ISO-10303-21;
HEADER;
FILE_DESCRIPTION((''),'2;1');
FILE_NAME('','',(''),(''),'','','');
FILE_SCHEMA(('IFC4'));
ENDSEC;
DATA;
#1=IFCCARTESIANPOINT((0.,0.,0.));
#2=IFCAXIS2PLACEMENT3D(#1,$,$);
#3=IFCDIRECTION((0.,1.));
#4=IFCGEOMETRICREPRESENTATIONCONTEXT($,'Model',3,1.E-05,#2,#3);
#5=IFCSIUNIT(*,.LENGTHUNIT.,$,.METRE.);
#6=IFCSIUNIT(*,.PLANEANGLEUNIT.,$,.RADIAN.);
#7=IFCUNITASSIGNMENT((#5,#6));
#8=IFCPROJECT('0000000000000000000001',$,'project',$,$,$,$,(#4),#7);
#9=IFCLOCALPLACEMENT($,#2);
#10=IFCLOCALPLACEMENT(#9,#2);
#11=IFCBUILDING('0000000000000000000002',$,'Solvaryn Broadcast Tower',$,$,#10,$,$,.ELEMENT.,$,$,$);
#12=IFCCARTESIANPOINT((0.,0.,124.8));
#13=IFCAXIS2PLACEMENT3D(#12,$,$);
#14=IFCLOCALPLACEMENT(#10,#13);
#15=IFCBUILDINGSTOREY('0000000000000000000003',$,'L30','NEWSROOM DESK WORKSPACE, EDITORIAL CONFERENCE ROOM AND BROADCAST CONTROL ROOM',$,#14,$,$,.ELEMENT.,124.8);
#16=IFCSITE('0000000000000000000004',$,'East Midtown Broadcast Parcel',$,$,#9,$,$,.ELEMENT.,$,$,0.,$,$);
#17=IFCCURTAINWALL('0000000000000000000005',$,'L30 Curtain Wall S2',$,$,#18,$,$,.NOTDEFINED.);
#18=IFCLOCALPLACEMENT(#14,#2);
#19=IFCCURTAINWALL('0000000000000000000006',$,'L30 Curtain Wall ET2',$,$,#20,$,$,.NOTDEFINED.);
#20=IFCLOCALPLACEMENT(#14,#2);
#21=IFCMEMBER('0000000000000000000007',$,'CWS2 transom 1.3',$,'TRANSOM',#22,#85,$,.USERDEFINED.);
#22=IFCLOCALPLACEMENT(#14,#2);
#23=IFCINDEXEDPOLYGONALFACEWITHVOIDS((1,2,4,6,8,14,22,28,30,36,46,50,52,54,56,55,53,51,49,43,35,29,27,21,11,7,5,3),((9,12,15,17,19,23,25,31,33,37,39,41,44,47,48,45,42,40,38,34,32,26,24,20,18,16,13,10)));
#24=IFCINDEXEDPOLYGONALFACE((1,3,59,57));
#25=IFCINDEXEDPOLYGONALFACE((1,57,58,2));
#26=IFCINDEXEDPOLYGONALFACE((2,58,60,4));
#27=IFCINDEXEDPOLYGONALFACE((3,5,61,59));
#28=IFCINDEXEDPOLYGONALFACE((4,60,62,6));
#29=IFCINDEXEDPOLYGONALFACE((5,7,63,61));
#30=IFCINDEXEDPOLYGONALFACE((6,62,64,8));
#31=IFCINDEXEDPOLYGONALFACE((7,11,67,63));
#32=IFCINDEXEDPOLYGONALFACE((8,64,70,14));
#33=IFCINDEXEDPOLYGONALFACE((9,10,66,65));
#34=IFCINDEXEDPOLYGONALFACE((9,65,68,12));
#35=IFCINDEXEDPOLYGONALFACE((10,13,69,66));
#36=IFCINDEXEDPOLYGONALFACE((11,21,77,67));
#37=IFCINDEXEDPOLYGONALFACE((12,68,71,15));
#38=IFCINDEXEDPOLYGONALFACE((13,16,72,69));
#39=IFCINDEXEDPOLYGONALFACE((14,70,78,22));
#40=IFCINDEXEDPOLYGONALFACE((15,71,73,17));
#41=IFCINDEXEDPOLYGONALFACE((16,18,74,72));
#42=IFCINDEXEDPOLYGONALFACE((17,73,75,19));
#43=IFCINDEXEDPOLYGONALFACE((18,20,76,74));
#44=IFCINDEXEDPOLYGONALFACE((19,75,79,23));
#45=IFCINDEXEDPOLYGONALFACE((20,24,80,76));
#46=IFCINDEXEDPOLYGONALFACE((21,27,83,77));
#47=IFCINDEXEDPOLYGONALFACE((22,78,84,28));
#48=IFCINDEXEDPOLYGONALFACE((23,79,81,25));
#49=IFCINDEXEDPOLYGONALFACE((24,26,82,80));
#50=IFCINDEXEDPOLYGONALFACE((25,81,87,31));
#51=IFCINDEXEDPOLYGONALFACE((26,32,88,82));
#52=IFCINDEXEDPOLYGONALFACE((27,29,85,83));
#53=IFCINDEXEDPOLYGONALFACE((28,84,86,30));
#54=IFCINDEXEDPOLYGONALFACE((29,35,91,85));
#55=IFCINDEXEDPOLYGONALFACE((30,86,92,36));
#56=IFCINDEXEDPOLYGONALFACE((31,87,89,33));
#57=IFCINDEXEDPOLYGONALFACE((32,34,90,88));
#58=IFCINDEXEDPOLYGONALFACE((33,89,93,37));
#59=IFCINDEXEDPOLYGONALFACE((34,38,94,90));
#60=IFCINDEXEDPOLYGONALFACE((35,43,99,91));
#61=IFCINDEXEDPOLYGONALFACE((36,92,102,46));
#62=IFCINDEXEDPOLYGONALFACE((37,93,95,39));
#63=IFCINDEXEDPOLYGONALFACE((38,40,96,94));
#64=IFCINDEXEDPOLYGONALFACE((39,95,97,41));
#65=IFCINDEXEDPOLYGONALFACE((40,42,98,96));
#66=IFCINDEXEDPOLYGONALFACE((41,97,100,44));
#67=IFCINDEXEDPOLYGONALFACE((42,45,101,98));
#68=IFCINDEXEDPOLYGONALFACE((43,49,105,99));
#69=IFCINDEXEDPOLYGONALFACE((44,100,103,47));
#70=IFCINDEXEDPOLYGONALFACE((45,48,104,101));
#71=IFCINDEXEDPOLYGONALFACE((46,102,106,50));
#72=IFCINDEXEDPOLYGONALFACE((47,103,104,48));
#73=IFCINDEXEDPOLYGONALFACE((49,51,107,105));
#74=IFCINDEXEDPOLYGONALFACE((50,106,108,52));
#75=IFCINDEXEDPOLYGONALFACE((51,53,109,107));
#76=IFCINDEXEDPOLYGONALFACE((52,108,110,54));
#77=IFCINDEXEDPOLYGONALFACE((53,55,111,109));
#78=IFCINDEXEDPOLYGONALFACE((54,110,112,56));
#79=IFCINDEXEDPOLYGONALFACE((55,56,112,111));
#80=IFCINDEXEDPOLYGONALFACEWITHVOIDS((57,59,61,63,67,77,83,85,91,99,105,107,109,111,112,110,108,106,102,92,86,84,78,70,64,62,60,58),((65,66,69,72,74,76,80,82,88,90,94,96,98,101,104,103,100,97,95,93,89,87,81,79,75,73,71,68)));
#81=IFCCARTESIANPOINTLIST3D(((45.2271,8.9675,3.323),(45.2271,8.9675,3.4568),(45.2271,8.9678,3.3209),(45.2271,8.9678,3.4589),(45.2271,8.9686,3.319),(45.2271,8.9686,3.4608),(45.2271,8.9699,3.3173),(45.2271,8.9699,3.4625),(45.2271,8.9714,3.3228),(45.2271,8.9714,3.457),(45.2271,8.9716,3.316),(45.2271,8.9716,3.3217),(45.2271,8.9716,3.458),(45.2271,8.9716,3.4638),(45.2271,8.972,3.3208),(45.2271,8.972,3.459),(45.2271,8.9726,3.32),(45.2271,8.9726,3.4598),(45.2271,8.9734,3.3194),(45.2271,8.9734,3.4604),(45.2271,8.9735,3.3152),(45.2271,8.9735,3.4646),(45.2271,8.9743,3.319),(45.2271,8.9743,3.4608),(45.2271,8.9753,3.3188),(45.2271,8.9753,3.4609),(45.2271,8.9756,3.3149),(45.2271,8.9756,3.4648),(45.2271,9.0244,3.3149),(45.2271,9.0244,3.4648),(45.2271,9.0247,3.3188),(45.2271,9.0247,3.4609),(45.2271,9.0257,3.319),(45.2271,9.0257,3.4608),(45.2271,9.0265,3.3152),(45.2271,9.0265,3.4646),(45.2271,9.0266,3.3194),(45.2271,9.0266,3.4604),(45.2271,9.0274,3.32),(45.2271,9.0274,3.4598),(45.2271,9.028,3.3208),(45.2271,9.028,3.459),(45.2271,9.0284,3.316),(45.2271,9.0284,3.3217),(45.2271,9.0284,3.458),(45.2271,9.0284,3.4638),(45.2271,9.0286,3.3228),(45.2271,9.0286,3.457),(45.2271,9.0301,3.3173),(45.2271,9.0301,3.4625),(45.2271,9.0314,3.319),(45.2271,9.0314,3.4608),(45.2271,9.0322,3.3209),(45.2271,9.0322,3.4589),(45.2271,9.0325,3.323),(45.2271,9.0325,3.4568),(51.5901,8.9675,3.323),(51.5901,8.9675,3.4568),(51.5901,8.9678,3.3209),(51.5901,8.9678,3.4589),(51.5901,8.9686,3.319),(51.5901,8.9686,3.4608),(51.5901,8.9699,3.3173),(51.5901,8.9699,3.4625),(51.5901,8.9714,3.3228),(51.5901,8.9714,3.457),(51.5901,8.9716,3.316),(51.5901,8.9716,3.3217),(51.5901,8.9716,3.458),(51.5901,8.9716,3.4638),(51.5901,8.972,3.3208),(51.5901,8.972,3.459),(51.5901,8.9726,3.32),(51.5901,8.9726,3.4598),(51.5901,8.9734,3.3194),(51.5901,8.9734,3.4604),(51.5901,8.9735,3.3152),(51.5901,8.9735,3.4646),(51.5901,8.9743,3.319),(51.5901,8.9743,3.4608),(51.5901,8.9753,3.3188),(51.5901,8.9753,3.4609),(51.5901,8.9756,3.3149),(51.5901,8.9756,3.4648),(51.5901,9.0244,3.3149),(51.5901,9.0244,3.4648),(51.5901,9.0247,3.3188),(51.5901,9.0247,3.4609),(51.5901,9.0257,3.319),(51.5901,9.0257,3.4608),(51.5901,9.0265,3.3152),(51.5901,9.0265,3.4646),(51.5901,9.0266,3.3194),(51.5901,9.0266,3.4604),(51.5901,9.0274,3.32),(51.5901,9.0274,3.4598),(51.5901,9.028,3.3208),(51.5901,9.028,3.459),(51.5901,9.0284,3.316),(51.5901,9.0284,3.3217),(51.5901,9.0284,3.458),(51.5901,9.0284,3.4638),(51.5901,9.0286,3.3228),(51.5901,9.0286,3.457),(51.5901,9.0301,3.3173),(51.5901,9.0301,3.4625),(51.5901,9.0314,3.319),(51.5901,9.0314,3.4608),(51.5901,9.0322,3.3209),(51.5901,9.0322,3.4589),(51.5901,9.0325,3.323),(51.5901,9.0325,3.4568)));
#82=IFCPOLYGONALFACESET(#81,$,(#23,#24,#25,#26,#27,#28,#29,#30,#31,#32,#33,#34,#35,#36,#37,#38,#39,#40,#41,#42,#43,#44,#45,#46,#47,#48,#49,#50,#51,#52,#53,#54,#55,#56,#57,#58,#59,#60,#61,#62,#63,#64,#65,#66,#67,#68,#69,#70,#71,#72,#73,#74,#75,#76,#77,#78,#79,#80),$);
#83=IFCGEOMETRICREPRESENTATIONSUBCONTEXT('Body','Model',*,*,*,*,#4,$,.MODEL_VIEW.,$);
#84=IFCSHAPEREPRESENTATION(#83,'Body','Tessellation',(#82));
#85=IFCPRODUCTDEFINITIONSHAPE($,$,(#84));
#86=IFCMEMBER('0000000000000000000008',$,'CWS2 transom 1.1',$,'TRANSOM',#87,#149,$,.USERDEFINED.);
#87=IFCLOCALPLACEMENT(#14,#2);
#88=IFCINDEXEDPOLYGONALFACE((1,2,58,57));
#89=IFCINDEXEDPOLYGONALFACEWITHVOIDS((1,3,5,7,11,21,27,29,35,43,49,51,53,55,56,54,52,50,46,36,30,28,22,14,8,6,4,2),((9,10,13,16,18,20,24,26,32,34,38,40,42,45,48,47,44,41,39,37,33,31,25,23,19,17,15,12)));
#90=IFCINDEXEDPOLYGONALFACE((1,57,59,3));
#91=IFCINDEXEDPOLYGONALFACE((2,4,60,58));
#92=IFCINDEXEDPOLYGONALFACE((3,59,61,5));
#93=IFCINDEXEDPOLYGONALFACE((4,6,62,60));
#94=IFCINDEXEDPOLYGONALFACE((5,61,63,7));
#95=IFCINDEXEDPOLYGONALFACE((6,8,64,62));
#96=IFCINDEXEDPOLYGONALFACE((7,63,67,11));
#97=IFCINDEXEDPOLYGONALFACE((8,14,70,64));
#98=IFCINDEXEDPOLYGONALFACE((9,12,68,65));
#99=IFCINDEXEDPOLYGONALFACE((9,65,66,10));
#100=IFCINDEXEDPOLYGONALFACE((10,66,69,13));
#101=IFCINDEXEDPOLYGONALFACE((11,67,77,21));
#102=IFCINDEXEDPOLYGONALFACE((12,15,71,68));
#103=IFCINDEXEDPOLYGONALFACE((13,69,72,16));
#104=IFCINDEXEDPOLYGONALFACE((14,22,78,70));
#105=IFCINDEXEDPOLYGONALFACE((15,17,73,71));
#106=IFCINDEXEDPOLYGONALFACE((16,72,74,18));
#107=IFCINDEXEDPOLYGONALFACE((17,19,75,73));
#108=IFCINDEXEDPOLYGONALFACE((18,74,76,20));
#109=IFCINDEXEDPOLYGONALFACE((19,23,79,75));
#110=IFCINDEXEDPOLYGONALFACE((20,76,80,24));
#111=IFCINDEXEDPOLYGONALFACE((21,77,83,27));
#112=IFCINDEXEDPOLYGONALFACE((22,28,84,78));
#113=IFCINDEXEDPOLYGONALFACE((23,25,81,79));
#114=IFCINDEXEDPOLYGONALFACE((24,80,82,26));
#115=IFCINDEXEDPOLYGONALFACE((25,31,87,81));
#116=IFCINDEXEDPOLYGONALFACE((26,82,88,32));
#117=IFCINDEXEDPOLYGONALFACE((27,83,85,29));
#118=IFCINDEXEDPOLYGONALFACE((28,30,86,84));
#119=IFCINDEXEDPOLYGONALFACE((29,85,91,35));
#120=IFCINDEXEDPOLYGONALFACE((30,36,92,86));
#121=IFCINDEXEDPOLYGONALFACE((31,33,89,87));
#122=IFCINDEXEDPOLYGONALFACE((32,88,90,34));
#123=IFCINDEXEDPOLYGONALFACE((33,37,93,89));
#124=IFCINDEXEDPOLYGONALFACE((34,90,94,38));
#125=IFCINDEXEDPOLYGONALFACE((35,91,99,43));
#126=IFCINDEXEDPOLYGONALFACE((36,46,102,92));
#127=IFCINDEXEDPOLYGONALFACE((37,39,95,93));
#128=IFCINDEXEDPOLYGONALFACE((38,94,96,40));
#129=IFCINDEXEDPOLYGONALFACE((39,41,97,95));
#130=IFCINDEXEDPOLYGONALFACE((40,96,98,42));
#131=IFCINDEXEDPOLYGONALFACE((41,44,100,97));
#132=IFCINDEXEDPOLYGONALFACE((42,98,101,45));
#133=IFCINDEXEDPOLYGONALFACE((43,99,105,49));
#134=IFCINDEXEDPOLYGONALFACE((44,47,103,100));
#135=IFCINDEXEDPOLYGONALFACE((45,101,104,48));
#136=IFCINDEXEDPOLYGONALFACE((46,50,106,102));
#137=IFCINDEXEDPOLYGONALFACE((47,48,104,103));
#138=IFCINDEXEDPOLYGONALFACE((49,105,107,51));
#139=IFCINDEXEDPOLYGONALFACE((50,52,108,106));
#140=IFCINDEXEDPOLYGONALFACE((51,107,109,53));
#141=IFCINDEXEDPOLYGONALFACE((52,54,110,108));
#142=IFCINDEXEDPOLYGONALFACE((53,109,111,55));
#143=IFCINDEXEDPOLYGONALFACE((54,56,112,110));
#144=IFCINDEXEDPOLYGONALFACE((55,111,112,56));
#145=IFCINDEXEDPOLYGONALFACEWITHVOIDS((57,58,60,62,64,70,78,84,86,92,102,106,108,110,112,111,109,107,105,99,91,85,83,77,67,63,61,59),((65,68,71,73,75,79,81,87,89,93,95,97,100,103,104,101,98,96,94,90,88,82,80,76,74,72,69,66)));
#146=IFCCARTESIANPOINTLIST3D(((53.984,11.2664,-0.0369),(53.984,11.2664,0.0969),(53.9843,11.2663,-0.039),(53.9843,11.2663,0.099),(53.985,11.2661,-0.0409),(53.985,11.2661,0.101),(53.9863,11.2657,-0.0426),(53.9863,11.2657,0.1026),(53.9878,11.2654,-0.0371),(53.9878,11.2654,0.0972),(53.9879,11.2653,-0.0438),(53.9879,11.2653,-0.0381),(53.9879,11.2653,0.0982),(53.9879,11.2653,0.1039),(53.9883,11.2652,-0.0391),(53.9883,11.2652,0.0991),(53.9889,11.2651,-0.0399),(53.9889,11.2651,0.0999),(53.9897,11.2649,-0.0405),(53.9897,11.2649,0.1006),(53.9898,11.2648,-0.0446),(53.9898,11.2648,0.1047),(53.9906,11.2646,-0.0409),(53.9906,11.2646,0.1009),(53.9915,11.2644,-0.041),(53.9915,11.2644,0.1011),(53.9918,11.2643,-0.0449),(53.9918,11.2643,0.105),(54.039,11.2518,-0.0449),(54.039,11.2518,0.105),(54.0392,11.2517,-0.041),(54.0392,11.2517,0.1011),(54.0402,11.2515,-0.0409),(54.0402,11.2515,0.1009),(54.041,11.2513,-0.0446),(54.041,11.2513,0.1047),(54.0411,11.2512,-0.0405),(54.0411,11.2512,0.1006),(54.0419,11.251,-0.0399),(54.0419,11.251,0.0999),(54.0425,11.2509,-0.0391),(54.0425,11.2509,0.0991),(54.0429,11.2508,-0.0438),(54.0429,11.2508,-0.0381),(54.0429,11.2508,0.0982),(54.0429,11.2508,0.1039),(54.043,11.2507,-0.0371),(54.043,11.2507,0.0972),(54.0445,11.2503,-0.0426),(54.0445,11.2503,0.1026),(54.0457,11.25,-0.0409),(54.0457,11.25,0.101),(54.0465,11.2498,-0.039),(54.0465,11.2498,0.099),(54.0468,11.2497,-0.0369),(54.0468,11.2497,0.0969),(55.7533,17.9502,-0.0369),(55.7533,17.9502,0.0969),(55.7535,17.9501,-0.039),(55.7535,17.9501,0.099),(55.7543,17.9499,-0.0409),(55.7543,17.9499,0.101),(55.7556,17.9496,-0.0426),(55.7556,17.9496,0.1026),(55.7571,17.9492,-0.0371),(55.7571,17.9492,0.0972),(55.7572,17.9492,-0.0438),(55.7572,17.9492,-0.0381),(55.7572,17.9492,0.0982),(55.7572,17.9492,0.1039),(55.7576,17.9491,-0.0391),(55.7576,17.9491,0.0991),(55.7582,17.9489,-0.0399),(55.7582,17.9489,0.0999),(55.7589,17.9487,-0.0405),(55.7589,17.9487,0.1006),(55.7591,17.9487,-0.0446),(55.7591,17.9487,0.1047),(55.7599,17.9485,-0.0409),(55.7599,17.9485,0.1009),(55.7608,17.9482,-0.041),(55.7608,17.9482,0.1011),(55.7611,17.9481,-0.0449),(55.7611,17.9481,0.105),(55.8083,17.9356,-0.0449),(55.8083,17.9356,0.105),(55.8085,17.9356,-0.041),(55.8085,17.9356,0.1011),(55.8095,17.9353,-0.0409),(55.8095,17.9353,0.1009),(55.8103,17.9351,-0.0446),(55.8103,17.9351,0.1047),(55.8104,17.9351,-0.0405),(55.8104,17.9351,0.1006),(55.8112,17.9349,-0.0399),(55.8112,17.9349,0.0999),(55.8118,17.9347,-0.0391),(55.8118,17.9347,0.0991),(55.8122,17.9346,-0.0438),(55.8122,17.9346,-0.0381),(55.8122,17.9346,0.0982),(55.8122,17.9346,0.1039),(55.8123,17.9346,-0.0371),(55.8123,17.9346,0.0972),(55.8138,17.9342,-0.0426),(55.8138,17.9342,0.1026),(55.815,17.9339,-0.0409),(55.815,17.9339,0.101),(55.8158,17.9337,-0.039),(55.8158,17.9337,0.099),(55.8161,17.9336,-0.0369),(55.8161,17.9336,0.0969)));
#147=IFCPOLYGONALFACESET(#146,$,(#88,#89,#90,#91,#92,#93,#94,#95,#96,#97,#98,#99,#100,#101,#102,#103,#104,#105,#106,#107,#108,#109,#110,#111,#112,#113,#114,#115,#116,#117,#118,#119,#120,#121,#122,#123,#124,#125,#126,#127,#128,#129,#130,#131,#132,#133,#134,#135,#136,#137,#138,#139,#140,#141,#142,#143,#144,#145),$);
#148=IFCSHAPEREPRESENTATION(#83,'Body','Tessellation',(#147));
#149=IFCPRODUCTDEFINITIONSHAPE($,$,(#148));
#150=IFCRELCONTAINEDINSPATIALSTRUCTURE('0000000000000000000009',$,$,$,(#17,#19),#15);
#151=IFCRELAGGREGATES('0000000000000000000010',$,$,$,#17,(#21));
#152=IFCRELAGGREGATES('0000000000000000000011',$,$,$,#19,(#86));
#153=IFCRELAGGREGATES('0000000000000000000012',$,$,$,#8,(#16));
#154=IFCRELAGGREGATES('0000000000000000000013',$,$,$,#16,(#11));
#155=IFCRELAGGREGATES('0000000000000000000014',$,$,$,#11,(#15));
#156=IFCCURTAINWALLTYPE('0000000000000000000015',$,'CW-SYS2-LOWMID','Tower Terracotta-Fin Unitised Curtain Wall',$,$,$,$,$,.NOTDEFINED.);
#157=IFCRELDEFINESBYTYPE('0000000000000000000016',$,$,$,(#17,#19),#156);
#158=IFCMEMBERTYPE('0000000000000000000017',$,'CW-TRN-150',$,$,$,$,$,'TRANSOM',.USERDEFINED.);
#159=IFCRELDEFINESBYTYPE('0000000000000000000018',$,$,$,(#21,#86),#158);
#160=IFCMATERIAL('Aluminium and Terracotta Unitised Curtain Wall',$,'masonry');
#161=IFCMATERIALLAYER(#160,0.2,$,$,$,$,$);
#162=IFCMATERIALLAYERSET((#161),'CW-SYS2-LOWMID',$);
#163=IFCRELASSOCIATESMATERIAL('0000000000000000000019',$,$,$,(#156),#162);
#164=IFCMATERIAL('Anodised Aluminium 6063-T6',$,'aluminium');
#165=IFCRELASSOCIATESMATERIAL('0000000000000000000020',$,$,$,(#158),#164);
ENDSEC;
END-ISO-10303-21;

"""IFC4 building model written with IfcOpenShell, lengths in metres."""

from ifc_helpers import new_model, si_unit, direction, frame, origin, origin_2d, place, context, subcontext, project, spatial, hollow_rectangle, extrude, material, layer, layer_set, material_profile, profile_set, type_object, element, aggregate, save


model = new_model("IFC4")

# Units and contexts
model_context = context("Model", 3, precision=1e-05, world=origin(), true_north=direction((0.0, 1.0)))
body_context = subcontext(model_context, "Body", "Model", "MODEL_VIEW")
ifc_project = project(units=[si_unit("LENGTHUNIT", "METRE"), si_unit("PLANEANGLEUNIT", "RADIAN")], contexts=[model_context])

# Site, building, storey
site_placement = place(None, origin())
site = spatial("IfcSite", under=ifc_project, at=site_placement, Name="East Midtown Broadcast Parcel", CompositionType="ELEMENT", RefElevation=0.0)
building_placement = place(site_placement, origin())
building = spatial("IfcBuilding", under=site, at=building_placement, Name="Solvaryn Broadcast Tower", CompositionType="ELEMENT")
storey_placement = place(building_placement, frame((0.0, 0.0, 124.8)))
storey = spatial("IfcBuildingStorey", under=building, at=storey_placement, Name="L30", Description="NEWSROOM DESK WORKSPACE, EDITORIAL CONFERENCE ROOM AND BROADCAST CONTROL ROOM", CompositionType="ELEMENT", Elevation=124.8)

# Curtain wall
ifc_material_1 = material(Name="Aluminium and Terracotta Unitised Curtain Wall", Category="masonry")
ifc_layer_1 = layer(ifc_material_1, 0.2)
ifc_layer_set_1 = layer_set([ifc_layer_1], Name="CW-SYS2-LOWMID")
curtain_wall_type = type_object("IfcCurtainWallType", Name="CW-SYS2-LOWMID", Description="Tower Terracotta-Fin Unitised Curtain Wall", PredefinedType="NOTDEFINED", material=ifc_layer_set_1)
curtain_wall_1_placement = place(storey_placement, origin())
curtain_wall_1 = element("IfcCurtainWall", 1, at=curtain_wall_1_placement, inside=storey, type_object=curtain_wall_type, Name="L30 Curtain Wall S2", PredefinedType="NOTDEFINED")

# Curtain wall
curtain_wall_2_placement = place(storey_placement, origin())
curtain_wall_2 = element("IfcCurtainWall", 2, at=curtain_wall_2_placement, inside=storey, type_object=curtain_wall_type, Name="L30 Curtain Wall ET2", PredefinedType="NOTDEFINED")

# Members
ifc_material_2 = material(Name="Anodised Aluminium 6063-T6", Category="aluminium")
ifc_material_profile_1 = material_profile(ifc_material_2, hollow_rectangle(XDim=0.0649, YDim=0.1499, WallThickness=0.0039, InnerFilletRadius=0.0039, OuterFilletRadius=0.0081, at=origin_2d()))
ifc_profile_set_1 = profile_set([ifc_material_profile_1], Name="Anodised Aluminium 6063-T6")
member_type_1 = type_object("IfcMemberType", Name="CW-TRN-150", ElementType="TRANSOM", PredefinedType="USERDEFINED", material=ifc_profile_set_1)
member_1_placement = place(storey_placement, frame((45.2271, 9.0, 3.3899), z_axis=(1.0, 0.0, 0.0), x_axis=(0.0, 1.0, 0.0)))
member_1 = element("IfcMember", 3, at=member_1_placement, type_object=member_type_1, Name="CWS2 transom 1.3", ObjectType="TRANSOM", PredefinedType="USERDEFINED", context=body_context, shape_type="SweptSolid", body=[
    extrude(hollow_rectangle(XDim=0.0649, YDim=0.1499, WallThickness=0.0039, InnerFilletRadius=0.0039, OuterFilletRadius=0.0081, at=origin_2d()), origin(), (0.0, 0.0, 1.0), 6.363),
])
member_2_placement = place(storey_placement, frame((55.7847, 17.9419, 0.03), z_axis=(-0.255897, -0.966704, 0.0), x_axis=(0.966704, -0.255897, 0.0)))
member_2 = element("IfcMember", 4, at=member_2_placement, type_object=member_type_1, Name="CWS2 transom 1.1", ObjectType="TRANSOM", PredefinedType="USERDEFINED", context=body_context, shape_type="SweptSolid", body=[
    extrude(hollow_rectangle(XDim=0.0649, YDim=0.1499, WallThickness=0.0039, InnerFilletRadius=0.0039, OuterFilletRadius=0.0081, at=origin_2d()), origin(), (0.0, 0.0, 1.0), 6.9141),
])

aggregate(curtain_wall_1, [member_1])
aggregate(curtain_wall_2, [member_2])

save(model, "model.ifc")
